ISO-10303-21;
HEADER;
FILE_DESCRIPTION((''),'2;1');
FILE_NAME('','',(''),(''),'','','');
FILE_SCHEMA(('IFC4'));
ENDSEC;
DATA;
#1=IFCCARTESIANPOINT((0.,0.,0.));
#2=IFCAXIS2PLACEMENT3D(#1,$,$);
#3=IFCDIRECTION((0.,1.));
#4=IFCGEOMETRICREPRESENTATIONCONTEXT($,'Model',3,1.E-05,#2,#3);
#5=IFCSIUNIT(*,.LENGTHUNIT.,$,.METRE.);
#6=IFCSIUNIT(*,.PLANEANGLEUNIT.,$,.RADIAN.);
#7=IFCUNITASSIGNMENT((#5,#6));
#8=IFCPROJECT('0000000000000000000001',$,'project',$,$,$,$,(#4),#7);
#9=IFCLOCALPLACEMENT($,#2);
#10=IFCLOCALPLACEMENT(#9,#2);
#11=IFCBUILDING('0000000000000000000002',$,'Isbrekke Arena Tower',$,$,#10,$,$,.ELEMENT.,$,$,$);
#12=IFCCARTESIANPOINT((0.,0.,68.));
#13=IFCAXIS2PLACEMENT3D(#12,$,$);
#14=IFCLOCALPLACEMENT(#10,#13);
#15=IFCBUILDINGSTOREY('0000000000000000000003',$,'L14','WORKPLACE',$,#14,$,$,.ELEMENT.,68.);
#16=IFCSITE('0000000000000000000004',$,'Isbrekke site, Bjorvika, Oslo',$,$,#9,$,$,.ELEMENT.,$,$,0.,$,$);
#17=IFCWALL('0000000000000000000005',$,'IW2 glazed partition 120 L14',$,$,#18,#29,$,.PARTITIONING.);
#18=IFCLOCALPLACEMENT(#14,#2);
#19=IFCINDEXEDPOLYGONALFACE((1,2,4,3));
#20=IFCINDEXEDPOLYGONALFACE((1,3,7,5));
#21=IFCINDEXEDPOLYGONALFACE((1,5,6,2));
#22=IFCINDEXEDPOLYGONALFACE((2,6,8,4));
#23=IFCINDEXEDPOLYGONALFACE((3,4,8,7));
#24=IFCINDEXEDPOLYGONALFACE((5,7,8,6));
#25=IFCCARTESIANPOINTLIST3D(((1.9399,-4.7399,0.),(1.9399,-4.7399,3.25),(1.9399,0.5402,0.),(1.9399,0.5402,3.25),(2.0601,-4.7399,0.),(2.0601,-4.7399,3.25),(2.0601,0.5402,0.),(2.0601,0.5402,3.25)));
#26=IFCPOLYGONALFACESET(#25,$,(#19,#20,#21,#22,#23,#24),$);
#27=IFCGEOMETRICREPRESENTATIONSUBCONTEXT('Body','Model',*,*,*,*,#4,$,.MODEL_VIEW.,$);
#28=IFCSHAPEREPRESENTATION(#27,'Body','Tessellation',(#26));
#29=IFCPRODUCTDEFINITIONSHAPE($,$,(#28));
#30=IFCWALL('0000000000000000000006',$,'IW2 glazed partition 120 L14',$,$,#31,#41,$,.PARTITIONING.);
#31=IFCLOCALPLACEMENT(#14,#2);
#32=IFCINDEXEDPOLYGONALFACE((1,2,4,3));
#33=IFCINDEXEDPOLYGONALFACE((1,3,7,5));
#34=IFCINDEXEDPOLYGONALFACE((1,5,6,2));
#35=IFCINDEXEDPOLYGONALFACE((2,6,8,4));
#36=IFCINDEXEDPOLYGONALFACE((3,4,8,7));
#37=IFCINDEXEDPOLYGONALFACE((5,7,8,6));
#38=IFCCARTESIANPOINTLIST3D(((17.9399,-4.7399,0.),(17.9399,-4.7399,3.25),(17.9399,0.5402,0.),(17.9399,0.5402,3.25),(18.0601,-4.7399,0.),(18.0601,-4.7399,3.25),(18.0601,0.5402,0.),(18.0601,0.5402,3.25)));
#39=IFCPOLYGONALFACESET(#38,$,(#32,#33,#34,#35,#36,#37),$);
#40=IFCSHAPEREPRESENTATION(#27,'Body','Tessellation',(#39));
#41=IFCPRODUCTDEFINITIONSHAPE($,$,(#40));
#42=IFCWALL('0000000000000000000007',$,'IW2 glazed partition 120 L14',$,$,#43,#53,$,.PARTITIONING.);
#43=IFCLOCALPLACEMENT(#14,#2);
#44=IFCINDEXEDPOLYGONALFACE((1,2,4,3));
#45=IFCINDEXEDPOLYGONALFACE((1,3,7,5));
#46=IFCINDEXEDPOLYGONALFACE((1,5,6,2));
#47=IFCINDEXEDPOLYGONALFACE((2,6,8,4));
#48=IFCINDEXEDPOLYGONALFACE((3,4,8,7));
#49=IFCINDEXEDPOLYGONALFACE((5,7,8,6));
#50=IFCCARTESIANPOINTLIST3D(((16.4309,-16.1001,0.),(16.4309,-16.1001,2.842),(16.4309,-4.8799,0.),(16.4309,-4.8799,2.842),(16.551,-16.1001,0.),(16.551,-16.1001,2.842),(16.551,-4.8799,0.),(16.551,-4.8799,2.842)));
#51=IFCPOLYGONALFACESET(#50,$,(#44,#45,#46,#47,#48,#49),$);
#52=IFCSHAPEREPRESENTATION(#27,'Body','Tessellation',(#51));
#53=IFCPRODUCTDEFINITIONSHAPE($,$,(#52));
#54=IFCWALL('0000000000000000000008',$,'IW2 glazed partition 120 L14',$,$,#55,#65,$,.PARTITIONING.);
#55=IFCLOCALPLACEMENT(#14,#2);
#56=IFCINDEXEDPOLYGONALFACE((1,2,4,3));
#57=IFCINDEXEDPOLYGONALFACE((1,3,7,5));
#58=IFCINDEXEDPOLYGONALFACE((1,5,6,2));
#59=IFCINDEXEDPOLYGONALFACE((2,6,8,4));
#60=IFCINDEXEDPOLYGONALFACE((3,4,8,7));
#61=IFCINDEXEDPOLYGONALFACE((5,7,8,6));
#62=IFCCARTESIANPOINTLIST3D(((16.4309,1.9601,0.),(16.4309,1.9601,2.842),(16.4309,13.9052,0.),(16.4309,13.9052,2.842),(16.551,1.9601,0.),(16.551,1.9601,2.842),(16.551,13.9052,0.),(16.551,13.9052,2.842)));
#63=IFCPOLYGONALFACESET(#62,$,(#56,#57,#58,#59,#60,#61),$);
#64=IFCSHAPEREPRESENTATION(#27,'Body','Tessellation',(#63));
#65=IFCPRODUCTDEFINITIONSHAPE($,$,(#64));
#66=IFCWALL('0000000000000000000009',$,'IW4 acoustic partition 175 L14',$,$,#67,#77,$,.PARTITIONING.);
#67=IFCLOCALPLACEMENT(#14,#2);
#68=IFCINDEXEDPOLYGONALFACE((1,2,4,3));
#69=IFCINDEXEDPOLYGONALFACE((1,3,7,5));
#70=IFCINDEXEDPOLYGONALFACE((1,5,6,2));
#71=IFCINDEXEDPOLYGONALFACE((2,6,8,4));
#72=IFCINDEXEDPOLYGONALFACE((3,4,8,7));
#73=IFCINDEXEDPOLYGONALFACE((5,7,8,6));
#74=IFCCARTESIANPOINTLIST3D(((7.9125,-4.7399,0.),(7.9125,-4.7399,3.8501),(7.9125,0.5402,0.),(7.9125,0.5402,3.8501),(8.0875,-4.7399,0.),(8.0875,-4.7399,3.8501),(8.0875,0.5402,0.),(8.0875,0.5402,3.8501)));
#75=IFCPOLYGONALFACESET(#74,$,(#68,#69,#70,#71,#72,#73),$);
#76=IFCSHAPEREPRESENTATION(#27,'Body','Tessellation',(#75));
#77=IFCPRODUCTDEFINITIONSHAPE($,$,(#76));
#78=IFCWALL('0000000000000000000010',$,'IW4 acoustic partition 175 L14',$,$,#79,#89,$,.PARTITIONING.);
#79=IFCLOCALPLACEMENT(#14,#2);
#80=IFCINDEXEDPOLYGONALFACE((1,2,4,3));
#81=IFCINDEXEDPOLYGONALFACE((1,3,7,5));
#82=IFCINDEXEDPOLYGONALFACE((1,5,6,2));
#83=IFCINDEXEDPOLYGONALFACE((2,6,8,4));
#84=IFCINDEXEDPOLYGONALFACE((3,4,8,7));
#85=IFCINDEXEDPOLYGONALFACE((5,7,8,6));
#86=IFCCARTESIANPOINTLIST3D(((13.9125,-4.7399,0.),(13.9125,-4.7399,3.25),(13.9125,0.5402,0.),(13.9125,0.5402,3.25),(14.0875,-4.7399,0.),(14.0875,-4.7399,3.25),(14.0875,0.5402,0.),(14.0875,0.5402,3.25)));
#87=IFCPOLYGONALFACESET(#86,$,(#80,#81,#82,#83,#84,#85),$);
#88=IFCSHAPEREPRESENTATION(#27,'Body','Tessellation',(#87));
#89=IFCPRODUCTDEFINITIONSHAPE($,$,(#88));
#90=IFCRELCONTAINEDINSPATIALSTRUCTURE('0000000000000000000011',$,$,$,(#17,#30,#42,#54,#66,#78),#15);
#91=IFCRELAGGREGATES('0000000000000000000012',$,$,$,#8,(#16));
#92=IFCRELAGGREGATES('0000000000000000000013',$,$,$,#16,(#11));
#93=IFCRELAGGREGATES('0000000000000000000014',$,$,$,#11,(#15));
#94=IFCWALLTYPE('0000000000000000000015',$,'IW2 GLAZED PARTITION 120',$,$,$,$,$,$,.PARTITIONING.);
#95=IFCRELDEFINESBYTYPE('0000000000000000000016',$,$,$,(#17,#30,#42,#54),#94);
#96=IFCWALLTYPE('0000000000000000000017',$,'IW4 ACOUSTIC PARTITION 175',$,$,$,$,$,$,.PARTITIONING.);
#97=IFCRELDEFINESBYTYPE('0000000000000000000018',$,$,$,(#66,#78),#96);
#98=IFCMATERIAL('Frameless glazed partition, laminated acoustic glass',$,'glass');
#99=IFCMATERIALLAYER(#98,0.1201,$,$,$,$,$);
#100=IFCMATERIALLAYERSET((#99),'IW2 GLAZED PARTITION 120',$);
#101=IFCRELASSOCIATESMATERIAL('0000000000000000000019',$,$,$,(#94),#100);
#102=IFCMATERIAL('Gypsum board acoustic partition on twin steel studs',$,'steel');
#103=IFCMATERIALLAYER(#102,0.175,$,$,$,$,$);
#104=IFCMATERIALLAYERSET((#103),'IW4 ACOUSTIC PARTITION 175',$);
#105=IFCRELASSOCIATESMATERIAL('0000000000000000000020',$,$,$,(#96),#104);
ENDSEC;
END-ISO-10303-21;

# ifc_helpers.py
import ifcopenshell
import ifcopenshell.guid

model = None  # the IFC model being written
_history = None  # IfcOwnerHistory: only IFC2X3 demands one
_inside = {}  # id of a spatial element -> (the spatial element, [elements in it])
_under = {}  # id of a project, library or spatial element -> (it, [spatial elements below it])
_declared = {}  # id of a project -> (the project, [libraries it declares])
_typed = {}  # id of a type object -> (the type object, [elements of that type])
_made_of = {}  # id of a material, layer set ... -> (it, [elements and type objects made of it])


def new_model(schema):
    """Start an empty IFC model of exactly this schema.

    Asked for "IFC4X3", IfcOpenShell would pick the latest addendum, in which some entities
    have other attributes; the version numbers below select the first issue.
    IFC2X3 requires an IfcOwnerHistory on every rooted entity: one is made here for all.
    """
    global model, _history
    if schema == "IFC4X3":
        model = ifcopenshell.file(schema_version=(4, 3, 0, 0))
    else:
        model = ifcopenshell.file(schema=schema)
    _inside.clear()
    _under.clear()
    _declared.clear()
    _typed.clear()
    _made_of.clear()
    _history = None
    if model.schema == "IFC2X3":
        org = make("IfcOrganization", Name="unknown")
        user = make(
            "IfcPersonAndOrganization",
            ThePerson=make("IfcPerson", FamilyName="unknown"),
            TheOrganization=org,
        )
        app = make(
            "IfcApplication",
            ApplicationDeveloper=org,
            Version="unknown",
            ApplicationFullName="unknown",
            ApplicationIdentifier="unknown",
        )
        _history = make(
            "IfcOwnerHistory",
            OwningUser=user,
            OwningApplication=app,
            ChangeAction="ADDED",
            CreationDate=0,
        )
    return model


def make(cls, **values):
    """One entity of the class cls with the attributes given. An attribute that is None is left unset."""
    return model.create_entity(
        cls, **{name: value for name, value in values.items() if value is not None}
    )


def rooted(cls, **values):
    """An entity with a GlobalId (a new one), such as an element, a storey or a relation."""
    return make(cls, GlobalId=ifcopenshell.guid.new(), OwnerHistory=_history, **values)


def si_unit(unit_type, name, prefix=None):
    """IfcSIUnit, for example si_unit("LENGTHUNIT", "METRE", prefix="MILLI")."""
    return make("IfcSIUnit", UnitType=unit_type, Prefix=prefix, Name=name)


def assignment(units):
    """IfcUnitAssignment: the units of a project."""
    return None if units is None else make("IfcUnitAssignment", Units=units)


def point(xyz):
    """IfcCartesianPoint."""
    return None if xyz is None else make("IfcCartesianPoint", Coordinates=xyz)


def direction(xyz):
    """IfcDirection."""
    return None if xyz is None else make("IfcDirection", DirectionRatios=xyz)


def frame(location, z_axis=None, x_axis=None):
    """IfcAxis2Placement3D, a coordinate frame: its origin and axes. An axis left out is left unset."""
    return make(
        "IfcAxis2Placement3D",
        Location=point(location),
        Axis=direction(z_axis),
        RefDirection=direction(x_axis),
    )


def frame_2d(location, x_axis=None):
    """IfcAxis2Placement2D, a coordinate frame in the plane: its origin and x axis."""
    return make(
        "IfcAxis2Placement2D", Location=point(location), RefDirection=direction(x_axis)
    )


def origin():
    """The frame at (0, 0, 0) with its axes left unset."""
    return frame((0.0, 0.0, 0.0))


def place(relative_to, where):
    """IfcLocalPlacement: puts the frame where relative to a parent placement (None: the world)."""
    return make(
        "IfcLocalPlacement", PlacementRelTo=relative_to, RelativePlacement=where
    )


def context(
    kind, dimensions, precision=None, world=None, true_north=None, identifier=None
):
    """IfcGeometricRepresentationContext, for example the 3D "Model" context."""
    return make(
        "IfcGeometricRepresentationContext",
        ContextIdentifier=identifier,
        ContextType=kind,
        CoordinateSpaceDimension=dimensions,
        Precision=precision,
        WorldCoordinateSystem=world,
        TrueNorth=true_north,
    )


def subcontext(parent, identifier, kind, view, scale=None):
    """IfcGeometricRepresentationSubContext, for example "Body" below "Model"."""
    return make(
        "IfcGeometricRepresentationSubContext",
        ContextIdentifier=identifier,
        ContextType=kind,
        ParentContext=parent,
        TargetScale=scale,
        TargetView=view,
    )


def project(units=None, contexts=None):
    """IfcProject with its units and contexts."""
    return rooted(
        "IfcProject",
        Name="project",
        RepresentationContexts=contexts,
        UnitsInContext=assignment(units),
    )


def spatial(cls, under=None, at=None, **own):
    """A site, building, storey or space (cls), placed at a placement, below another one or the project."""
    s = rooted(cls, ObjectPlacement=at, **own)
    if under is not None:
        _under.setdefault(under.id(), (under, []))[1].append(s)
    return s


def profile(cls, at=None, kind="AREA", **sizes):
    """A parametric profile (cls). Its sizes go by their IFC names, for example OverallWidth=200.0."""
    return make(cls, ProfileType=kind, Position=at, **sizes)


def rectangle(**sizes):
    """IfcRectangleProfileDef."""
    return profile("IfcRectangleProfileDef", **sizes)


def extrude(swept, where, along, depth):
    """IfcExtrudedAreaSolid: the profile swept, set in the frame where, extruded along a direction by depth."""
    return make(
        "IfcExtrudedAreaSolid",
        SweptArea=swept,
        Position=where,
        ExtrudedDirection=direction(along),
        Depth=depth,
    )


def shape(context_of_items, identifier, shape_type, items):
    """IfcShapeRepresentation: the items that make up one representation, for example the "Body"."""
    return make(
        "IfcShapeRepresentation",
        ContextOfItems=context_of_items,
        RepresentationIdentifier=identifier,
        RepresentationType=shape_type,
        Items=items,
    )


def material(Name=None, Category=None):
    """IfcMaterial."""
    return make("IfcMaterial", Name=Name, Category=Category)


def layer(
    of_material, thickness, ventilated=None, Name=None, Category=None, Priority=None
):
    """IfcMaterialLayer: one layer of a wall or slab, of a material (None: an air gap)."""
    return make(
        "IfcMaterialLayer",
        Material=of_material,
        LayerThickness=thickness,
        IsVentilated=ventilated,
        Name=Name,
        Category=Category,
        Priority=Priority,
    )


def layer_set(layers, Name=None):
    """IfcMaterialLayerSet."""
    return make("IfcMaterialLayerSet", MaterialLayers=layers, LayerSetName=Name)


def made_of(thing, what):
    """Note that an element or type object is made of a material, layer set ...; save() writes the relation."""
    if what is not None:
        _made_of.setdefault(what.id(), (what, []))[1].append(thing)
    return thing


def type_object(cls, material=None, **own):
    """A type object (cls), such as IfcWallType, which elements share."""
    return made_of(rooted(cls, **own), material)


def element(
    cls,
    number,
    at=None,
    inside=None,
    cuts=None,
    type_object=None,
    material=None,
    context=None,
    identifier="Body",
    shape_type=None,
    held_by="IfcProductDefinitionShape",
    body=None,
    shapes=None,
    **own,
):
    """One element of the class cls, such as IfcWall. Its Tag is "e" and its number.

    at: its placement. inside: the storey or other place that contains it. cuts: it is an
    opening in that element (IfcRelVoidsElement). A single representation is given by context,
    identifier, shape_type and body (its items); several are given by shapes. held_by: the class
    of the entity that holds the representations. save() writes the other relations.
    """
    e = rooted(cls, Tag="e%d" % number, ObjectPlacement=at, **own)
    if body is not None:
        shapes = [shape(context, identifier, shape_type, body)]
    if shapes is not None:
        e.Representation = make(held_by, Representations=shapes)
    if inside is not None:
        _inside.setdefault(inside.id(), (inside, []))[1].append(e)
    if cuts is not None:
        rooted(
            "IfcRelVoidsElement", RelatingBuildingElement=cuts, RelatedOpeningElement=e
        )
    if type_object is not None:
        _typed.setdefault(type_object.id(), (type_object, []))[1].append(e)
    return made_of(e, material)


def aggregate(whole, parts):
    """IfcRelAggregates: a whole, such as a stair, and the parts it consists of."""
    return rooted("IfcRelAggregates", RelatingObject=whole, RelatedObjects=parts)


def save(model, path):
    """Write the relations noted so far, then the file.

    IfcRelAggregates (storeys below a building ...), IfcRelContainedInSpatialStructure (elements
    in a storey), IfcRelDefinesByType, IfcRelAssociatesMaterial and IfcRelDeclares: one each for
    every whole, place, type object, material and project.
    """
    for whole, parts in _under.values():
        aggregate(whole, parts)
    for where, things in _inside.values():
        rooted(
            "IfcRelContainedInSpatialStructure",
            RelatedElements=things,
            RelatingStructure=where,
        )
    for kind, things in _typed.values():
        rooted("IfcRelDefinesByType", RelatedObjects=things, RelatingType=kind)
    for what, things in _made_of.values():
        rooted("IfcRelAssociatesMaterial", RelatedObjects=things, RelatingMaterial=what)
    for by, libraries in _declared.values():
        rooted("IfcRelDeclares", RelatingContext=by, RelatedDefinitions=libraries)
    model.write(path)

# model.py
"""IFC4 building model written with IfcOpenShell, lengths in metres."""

from ifc_helpers import new_model, si_unit, direction, frame, frame_2d, origin, place, context, subcontext, project, spatial, rectangle, extrude, material, layer, layer_set, type_object, element, save


model = new_model("IFC4")

# Units and contexts
model_context = context("Model", 3, precision=1e-05, world=origin(), true_north=direction((0.0, 1.0)))
body_context = subcontext(model_context, "Body", "Model", "MODEL_VIEW")
ifc_project = project(units=[si_unit("LENGTHUNIT", "METRE"), si_unit("PLANEANGLEUNIT", "RADIAN")], contexts=[model_context])

# Site, building, storey
site_placement = place(None, origin())
site = spatial("IfcSite", under=ifc_project, at=site_placement, Name="Isbrekke site, Bjorvika, Oslo", CompositionType="ELEMENT", RefElevation=0.0)
building_placement = place(site_placement, origin())
building = spatial("IfcBuilding", under=site, at=building_placement, Name="Isbrekke Arena Tower", CompositionType="ELEMENT")
storey_placement = place(building_placement, frame((0.0, 0.0, 68.0)))
storey = spatial("IfcBuildingStorey", under=building, at=storey_placement, Name="L14", Description="WORKPLACE", CompositionType="ELEMENT", Elevation=68.0)

# Shared definitions
ifc_material_1 = material(Name="Frameless glazed partition, laminated acoustic glass", Category="glass")
ifc_layer_1 = layer(ifc_material_1, 0.1201)
ifc_layer_set_1 = layer_set([ifc_layer_1], Name="IW2 GLAZED PARTITION 120")
wall_type_1 = type_object("IfcWallType", Name="IW2 GLAZED PARTITION 120", PredefinedType="PARTITIONING", material=ifc_layer_set_1)

# Walls
for number, where, z_axis, x_axis, name in (
    (1, (2.0, -4.74, 0.0), (0.0, 0.0, 1.0), (0.0, 1.0, 0.0), "IW2 glazed partition 120 L14"),
    (2, (18.0, -4.74, 0.0), (0.0, 0.0, 1.0), (0.0, 1.0, 0.0), "IW2 glazed partition 120 L14"),
):
    element("IfcWall", number, at=place(storey_placement, frame(where, z_axis=z_axis, x_axis=x_axis)), inside=storey, type_object=wall_type_1, Name=name, PredefinedType="PARTITIONING", context=body_context, shape_type="SweptSolid", body=[
        extrude(rectangle(XDim=5.28, YDim=0.1201, at=frame_2d((2.6401, 0.0))), origin(), (0.0, 0.0, 1.0), 3.25),
    ])
wall_1_placement = place(storey_placement, frame((16.491, -16.1001, 0.0), z_axis=(0.0, 0.0, 1.0), x_axis=(0.0, 1.0, 0.0)))
element("IfcWall", 3, at=wall_1_placement, inside=storey, type_object=wall_type_1, Name="IW2 glazed partition 120 L14", PredefinedType="PARTITIONING", context=body_context, shape_type="SweptSolid", body=[
    extrude(rectangle(XDim=11.2202, YDim=0.1201, at=frame_2d((5.6101, 0.0))), origin(), (0.0, 0.0, 1.0), 2.842),
])
wall_2_placement = place(storey_placement, frame((16.491, 1.96, 0.0), z_axis=(0.0, 0.0, 1.0), x_axis=(0.0, 1.0, 0.0)))
element("IfcWall", 4, at=wall_2_placement, inside=storey, type_object=wall_type_1, Name="IW2 glazed partition 120 L14", PredefinedType="PARTITIONING", context=body_context, shape_type="SweptSolid", body=[
    extrude(rectangle(XDim=11.9451, YDim=0.1201, at=frame_2d((5.9727, 0.0))), origin(), (0.0, 0.0, 1.0), 2.842),
])
ifc_material_2 = material(Name="Gypsum board acoustic partition on twin steel studs", Category="steel")
ifc_layer_2 = layer(ifc_material_2, 0.175)
ifc_layer_set_2 = layer_set([ifc_layer_2], Name="IW4 ACOUSTIC PARTITION 175")
wall_type_2 = type_object("IfcWallType", Name="IW4 ACOUSTIC PARTITION 175", PredefinedType="PARTITIONING", material=ifc_layer_set_2)
wall_3_placement = place(storey_placement, frame((8.0, -4.74, 0.0), z_axis=(0.0, 0.0, 1.0), x_axis=(0.0, 1.0, 0.0)))
element("IfcWall", 5, at=wall_3_placement, inside=storey, type_object=wall_type_2, Name="IW4 acoustic partition 175 L14", PredefinedType="PARTITIONING", context=body_context, shape_type="SweptSolid", body=[
    extrude(rectangle(XDim=5.28, YDim=0.175, at=frame_2d((2.6401, 0.0))), origin(), (0.0, 0.0, 1.0), 3.8501),
])
wall_4_placement = place(storey_placement, frame((14.0, -4.74, 0.0), z_axis=(0.0, 0.0, 1.0), x_axis=(0.0, 1.0, 0.0)))
element("IfcWall", 6, at=wall_4_placement, inside=storey, type_object=wall_type_2, Name="IW4 acoustic partition 175 L14", PredefinedType="PARTITIONING", context=body_context, shape_type="SweptSolid", body=[
    extrude(rectangle(XDim=5.28, YDim=0.175, at=frame_2d((2.6401, 0.0))), origin(), (0.0, 0.0, 1.0), 3.25),
])

save(model, "model.ifc")
